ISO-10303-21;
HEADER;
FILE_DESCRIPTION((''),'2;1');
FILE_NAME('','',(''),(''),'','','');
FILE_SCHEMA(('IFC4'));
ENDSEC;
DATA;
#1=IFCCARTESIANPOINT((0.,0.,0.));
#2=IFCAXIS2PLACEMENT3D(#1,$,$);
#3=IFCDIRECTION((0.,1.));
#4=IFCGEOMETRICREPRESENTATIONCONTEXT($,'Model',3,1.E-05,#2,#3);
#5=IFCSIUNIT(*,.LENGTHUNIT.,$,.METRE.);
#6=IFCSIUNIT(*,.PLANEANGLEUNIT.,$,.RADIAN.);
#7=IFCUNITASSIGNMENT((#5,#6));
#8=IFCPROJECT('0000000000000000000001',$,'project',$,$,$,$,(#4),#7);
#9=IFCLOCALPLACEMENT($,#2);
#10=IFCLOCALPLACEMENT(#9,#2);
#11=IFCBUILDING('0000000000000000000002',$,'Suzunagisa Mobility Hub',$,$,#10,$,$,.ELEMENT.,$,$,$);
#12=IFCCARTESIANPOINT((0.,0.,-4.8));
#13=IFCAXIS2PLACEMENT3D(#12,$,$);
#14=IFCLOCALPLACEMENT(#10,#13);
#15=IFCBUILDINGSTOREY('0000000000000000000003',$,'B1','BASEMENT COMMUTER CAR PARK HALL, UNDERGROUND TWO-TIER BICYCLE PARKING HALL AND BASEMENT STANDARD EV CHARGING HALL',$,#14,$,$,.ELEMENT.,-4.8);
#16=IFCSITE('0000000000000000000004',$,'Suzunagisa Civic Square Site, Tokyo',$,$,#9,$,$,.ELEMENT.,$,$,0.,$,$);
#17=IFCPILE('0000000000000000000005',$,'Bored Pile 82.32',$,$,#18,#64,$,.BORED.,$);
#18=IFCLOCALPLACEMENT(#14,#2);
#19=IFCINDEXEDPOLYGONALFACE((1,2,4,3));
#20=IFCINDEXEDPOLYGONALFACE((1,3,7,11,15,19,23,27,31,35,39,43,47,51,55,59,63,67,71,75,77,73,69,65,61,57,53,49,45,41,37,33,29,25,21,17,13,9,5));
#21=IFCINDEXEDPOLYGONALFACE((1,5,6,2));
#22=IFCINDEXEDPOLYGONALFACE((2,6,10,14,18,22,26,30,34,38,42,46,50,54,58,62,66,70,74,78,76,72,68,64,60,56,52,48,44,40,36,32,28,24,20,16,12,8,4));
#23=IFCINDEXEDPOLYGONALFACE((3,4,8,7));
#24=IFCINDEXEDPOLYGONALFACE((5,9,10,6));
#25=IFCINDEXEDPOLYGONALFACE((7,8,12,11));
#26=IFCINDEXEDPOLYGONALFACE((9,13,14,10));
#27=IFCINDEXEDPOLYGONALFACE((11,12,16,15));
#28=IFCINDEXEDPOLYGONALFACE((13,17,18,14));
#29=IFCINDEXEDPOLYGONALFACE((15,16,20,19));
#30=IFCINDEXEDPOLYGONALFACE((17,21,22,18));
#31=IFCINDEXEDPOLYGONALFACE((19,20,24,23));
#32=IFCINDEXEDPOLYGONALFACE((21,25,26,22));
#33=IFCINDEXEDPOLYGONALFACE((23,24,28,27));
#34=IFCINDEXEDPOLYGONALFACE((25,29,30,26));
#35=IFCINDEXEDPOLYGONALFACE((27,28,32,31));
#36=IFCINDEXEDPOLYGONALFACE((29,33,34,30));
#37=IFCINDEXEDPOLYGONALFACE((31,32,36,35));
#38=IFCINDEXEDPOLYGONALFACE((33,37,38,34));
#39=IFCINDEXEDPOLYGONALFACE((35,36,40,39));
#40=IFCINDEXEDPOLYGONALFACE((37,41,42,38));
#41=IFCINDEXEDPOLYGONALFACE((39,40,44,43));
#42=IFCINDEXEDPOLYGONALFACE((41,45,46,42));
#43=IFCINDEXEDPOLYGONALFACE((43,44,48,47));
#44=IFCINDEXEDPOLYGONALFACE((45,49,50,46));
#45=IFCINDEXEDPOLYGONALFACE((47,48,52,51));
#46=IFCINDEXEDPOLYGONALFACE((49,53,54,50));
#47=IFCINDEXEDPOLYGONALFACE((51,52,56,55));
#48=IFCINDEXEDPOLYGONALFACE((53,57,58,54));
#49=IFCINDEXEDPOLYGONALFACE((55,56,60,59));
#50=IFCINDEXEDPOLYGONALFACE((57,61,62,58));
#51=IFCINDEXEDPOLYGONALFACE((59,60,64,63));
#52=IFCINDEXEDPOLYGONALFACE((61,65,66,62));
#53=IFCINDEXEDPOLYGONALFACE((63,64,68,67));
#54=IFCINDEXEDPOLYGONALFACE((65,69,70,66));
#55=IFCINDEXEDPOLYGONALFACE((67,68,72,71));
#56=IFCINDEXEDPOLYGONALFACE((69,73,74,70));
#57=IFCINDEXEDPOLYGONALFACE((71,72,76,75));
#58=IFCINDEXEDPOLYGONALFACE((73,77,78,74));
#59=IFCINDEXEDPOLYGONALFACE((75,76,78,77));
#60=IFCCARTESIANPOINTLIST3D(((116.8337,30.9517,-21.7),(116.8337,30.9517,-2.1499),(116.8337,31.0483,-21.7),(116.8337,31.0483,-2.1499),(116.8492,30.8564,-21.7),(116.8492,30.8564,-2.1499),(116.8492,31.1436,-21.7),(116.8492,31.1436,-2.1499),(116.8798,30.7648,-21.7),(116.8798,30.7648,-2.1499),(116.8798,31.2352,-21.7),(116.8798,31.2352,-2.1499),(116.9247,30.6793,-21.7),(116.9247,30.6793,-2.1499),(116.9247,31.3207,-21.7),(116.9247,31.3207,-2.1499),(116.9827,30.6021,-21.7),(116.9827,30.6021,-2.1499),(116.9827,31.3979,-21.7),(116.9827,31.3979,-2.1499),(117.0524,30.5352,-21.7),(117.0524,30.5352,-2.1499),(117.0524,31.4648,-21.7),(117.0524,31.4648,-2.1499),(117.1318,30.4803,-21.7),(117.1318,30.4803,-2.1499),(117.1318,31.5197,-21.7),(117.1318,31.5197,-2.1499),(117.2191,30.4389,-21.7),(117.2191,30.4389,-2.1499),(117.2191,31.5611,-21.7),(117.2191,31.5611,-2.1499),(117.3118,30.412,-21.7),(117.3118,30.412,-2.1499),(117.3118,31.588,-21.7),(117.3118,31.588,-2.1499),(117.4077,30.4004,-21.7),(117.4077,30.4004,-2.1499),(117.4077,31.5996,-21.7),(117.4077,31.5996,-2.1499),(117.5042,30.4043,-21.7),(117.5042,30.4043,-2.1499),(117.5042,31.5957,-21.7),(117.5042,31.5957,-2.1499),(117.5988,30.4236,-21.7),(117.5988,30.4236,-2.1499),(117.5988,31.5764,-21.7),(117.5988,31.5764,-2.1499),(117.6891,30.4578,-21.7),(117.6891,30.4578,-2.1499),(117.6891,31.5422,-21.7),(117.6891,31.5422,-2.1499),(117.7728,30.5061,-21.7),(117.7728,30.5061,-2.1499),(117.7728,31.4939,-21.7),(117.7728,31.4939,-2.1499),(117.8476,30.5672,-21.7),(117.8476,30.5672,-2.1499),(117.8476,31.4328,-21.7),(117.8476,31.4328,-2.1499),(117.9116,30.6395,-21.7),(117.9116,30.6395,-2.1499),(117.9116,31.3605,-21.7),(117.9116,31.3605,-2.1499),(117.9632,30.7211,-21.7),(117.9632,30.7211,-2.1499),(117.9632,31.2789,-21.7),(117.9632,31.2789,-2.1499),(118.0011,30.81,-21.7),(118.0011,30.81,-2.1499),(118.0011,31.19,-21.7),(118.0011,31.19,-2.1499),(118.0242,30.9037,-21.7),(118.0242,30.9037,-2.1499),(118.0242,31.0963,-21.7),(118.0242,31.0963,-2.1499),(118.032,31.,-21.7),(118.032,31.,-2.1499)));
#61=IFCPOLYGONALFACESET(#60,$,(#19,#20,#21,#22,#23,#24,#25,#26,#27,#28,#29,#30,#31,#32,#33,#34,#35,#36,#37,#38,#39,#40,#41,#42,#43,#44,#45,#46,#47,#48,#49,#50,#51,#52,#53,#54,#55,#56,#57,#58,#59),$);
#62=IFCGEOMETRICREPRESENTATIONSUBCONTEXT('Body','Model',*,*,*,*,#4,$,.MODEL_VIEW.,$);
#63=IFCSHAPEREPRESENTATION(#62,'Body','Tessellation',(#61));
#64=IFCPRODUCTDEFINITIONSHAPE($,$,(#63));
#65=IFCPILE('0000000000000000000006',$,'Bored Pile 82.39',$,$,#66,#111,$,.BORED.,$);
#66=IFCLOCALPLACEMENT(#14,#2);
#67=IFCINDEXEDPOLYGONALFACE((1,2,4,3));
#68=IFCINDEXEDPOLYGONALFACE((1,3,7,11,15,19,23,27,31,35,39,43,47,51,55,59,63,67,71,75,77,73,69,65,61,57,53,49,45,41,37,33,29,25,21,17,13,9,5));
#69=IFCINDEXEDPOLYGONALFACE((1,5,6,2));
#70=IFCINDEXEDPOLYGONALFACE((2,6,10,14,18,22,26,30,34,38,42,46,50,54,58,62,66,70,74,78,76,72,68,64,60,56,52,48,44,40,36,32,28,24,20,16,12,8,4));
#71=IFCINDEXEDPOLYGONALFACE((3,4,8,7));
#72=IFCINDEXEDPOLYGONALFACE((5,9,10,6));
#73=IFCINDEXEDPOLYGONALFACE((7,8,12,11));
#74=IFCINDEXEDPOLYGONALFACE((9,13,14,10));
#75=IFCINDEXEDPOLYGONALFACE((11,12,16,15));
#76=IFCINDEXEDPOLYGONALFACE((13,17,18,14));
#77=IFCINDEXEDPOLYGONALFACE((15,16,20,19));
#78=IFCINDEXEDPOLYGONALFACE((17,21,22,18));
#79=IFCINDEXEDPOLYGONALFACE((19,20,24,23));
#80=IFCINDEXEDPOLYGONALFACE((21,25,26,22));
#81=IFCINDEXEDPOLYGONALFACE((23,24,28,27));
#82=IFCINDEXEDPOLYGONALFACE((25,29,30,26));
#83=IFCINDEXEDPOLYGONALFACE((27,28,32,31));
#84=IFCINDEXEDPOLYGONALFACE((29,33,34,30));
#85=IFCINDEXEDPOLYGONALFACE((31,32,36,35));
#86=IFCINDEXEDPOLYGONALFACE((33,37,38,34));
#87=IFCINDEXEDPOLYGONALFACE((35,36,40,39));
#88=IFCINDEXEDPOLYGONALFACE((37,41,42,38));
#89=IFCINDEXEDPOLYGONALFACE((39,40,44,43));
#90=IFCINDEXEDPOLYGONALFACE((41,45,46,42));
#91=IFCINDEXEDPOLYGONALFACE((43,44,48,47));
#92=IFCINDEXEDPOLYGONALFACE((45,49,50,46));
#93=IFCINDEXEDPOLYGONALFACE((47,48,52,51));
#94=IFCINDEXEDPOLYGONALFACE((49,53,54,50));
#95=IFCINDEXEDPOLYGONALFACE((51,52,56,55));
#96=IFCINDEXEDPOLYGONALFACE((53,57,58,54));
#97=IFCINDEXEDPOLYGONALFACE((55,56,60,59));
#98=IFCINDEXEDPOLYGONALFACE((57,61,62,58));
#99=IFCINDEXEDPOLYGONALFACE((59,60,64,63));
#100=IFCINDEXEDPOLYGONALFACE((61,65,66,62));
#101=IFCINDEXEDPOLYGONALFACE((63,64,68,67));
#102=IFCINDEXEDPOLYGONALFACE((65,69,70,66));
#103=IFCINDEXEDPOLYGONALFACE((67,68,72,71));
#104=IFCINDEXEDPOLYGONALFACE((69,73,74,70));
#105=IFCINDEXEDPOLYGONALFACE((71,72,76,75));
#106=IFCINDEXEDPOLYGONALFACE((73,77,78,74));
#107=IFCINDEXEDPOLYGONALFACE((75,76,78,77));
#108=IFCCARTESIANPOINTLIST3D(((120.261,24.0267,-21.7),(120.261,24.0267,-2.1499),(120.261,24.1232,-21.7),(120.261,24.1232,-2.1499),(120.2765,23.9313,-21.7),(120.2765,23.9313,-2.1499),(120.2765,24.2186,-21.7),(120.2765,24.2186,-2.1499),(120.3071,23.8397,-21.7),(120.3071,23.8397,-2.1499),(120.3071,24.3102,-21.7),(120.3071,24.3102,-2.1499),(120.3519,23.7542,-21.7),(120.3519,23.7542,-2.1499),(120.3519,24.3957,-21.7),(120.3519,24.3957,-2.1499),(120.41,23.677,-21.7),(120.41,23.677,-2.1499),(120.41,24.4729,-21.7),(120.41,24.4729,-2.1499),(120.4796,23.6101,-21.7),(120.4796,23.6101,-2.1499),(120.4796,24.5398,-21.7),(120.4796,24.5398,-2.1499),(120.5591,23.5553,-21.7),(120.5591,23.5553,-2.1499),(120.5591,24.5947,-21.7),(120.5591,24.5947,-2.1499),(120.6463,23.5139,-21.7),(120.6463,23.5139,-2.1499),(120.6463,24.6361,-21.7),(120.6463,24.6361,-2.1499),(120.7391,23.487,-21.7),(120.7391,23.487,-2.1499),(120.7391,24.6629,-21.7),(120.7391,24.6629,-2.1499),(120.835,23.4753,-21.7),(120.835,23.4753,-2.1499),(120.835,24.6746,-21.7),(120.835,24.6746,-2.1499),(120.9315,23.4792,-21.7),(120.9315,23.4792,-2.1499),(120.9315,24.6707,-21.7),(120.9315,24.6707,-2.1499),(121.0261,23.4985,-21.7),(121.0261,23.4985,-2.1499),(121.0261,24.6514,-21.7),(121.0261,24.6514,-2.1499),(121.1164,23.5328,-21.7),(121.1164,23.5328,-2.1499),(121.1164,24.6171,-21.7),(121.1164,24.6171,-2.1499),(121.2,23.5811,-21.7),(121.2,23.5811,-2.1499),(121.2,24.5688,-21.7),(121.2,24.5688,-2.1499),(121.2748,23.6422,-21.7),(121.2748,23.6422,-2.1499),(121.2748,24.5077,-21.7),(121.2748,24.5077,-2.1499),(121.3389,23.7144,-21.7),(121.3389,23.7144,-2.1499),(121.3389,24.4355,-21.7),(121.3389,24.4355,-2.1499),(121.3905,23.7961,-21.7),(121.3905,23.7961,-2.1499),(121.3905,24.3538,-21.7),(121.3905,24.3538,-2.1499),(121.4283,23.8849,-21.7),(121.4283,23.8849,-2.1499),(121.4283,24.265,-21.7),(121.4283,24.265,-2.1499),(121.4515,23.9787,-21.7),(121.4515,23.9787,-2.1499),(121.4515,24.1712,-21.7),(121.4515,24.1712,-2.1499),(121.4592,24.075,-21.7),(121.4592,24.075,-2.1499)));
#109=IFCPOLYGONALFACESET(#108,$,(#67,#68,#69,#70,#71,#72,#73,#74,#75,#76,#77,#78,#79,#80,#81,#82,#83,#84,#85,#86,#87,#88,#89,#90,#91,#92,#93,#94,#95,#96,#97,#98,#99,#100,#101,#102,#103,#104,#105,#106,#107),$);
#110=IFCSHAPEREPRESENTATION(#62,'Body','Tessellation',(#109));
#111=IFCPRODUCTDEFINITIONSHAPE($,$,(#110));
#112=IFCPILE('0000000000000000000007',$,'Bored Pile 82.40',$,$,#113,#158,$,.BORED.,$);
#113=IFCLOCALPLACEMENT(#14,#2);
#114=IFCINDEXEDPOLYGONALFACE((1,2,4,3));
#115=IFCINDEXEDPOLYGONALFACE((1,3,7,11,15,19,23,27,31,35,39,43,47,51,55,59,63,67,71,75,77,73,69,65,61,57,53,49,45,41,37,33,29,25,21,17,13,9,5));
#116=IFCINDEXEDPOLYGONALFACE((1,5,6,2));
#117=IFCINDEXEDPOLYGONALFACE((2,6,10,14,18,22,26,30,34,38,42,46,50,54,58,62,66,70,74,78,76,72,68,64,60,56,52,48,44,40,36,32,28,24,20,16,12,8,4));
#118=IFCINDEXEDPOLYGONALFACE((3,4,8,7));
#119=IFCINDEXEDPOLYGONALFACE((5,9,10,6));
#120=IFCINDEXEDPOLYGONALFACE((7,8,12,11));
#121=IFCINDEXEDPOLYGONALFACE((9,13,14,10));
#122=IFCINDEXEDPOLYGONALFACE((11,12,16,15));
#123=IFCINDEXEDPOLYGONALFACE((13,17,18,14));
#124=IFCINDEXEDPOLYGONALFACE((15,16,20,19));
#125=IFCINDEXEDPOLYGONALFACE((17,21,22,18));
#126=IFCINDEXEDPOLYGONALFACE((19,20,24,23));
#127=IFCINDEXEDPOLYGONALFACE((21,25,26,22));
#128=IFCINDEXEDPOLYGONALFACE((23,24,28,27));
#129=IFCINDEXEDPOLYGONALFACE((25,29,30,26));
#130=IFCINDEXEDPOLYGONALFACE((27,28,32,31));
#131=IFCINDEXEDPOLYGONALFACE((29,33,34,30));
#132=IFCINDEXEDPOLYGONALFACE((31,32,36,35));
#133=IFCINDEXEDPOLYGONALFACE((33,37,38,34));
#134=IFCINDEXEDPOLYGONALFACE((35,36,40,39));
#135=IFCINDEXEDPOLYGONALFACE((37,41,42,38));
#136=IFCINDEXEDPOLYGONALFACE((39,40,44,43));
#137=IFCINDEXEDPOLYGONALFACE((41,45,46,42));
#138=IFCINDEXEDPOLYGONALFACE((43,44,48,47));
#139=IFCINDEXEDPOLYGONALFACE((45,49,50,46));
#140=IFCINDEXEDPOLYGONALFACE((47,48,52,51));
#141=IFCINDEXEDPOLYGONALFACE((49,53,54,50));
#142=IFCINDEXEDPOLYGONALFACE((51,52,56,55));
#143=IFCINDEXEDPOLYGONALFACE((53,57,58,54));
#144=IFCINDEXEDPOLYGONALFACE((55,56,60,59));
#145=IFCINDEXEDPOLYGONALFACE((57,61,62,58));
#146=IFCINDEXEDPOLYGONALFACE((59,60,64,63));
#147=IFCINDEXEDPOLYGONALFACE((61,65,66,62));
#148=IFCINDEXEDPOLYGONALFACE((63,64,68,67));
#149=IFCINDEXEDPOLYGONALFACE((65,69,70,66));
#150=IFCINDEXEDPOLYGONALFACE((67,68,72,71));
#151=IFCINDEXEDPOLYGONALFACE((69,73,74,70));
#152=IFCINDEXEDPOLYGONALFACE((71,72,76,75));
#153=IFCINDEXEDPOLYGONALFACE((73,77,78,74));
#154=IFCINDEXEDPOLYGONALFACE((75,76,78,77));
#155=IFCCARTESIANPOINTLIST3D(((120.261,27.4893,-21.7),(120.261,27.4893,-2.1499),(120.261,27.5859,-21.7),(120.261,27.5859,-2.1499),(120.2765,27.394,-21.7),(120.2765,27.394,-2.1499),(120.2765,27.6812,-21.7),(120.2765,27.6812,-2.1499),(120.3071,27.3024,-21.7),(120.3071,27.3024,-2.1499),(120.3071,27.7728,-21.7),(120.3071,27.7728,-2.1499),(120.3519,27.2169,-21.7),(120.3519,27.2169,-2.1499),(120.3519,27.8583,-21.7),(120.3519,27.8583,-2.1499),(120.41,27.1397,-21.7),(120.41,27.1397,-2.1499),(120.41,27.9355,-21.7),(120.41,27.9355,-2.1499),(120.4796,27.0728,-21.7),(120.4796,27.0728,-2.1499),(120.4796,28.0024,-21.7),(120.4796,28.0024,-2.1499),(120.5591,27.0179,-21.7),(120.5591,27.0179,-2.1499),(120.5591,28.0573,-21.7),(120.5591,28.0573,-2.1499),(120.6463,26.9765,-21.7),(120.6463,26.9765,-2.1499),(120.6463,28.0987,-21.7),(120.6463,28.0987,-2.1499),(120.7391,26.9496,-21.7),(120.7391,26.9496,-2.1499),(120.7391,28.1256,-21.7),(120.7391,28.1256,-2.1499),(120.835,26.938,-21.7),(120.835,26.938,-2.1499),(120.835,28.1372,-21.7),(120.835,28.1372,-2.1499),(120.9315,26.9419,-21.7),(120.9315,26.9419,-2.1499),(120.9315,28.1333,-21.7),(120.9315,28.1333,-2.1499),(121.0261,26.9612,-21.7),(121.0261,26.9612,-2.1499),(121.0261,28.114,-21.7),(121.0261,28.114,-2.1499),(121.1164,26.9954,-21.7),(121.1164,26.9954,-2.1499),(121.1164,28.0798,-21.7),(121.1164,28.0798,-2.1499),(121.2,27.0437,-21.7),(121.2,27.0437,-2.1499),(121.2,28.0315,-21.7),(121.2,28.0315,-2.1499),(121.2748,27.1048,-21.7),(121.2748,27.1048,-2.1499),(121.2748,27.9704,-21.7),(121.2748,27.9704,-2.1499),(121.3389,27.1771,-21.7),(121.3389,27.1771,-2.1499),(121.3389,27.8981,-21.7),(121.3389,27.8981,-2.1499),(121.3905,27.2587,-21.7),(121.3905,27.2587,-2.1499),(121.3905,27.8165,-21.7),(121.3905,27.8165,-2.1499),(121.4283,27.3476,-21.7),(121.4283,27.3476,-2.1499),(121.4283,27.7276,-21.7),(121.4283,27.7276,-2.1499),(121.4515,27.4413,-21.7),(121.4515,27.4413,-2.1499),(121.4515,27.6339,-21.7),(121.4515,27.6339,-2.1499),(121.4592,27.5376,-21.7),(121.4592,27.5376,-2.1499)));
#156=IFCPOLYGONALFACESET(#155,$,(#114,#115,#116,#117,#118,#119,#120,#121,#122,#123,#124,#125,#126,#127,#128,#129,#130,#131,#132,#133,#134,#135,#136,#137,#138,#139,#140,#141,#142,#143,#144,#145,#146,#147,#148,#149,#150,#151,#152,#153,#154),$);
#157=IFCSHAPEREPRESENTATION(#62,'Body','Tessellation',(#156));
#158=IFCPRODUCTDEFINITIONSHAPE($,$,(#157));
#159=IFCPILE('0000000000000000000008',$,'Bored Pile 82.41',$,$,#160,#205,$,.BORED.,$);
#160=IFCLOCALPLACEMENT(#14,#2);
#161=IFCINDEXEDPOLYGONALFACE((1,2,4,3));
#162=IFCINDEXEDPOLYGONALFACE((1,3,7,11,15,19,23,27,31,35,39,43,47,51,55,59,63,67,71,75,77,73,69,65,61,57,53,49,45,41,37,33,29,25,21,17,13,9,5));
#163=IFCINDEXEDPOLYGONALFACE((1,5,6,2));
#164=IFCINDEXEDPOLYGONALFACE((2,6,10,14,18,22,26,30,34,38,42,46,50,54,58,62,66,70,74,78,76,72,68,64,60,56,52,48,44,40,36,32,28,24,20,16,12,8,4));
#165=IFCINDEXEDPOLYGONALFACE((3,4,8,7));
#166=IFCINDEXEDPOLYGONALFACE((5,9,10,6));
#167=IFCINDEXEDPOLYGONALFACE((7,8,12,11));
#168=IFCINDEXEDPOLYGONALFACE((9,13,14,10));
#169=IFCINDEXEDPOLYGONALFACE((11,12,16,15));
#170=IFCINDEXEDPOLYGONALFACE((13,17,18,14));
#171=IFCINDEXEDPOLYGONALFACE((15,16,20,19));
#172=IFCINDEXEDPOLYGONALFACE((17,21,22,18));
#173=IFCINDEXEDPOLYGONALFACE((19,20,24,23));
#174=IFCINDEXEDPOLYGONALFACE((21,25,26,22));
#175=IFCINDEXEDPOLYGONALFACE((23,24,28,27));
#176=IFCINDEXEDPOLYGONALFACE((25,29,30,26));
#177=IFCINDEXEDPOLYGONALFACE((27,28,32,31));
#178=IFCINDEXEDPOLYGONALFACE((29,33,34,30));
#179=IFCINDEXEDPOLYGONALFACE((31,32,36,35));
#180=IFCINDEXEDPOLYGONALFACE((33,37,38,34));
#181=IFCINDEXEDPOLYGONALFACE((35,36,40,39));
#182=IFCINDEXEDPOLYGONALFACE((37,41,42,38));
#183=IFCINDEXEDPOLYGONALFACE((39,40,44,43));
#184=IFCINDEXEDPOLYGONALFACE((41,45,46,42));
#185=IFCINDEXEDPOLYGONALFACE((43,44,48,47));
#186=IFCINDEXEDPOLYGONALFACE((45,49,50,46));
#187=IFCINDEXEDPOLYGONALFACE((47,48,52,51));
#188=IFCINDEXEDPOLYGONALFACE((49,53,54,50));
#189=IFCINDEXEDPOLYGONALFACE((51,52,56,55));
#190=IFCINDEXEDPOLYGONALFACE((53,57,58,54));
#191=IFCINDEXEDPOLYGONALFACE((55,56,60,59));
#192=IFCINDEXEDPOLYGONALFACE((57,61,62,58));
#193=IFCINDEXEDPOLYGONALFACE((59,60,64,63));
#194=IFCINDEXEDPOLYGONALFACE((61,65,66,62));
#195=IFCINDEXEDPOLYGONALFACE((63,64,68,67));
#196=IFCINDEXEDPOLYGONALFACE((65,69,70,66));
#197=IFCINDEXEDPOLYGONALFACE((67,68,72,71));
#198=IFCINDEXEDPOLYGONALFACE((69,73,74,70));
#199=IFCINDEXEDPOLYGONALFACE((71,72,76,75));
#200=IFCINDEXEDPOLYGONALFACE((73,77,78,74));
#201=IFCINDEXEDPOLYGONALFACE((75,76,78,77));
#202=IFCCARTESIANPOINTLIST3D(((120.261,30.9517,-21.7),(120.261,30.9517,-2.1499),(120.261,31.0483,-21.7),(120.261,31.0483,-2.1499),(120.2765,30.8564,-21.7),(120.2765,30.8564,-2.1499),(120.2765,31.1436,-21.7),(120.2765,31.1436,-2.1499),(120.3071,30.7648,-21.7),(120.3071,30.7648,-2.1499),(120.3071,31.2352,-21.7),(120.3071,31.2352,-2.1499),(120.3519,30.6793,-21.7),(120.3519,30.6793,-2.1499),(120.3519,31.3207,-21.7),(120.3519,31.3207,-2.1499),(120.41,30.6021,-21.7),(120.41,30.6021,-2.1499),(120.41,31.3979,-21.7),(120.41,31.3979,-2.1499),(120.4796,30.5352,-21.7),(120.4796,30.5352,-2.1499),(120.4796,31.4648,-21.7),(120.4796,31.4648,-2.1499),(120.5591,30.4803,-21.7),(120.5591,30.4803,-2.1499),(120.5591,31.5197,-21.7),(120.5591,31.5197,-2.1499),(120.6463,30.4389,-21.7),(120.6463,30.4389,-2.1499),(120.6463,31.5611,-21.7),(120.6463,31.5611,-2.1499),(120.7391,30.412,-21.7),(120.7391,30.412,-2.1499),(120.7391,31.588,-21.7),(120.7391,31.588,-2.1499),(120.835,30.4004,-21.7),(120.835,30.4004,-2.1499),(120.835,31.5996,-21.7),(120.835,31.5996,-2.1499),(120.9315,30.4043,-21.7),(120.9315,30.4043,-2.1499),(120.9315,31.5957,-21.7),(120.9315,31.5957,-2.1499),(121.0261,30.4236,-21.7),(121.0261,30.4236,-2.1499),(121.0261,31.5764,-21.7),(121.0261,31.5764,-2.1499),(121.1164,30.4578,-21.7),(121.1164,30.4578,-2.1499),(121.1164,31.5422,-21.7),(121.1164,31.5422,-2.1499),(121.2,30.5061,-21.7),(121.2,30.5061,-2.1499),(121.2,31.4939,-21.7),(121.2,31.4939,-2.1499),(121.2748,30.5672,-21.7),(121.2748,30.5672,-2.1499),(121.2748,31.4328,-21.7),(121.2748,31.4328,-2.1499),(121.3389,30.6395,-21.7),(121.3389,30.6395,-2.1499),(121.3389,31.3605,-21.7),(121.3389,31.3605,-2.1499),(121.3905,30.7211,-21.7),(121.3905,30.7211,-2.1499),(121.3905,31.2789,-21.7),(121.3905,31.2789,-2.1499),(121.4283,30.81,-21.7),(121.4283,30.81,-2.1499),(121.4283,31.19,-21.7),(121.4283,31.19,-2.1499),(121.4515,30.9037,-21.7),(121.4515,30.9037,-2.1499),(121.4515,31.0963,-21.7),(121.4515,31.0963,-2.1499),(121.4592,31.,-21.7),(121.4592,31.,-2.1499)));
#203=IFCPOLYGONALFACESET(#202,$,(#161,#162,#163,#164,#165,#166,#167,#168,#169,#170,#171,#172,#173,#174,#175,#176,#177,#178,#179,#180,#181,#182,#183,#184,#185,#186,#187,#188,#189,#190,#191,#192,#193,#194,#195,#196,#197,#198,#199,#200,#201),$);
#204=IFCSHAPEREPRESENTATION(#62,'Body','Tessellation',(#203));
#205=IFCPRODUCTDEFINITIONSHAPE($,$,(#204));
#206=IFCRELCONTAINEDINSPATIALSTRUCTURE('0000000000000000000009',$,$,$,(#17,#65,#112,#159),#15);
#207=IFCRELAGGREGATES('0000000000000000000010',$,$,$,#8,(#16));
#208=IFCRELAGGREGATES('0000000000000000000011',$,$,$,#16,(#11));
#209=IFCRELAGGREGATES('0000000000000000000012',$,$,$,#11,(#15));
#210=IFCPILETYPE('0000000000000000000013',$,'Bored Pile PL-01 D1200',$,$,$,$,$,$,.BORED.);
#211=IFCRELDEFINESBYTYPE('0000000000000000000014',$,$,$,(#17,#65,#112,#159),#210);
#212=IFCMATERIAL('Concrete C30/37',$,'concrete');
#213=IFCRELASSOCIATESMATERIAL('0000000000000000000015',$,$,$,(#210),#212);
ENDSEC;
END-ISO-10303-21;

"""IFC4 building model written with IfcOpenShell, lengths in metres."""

from ifc_helpers import new_model, si_unit, direction, frame, origin, origin_2d, place, context, subcontext, project, spatial, circle, extrude, material, material_profile, profile_set, type_object, element, save


model = new_model("IFC4")

# Units and contexts
model_context = context("Model", 3, precision=1e-05, world=origin(), true_north=direction((0.0, 1.0)))
body_context = subcontext(model_context, "Body", "Model", "MODEL_VIEW")
ifc_project = project(units=[si_unit("LENGTHUNIT", "METRE"), si_unit("PLANEANGLEUNIT", "RADIAN")], contexts=[model_context])

# Site, building, storey
site_placement = place(None, origin())
site = spatial("IfcSite", under=ifc_project, at=site_placement, Name="Suzunagisa Civic Square Site, Tokyo", CompositionType="ELEMENT", RefElevation=0.0)
building_placement = place(site_placement, origin())
building = spatial("IfcBuilding", under=site, at=building_placement, Name="Suzunagisa Mobility Hub", CompositionType="ELEMENT")
storey_placement = place(building_placement, frame((0.0, 0.0, -4.8)))
storey = spatial("IfcBuildingStorey", under=building, at=storey_placement, Name="B1", Description="BASEMENT COMMUTER CAR PARK HALL, UNDERGROUND TWO-TIER BICYCLE PARKING HALL AND BASEMENT STANDARD EV CHARGING HALL", CompositionType="ELEMENT", Elevation=-4.8)

# Piles
ifc_material_1 = material(Name="Concrete C30/37", Category="concrete")
ifc_material_profile_1 = material_profile(ifc_material_1, circle(Radius=0.6001, at=origin_2d()), Name="BORED PILE D1200")
ifc_profile_set_1 = profile_set([ifc_material_profile_1], Name="Concrete C30/37")
pile_type = type_object("IfcPileType", Name="Bored Pile PL-01 D1200", PredefinedType="BORED", material=ifc_profile_set_1)
for number, where, z_axis, x_axis, name in (
    (1, (117.4319, 31.0, -2.1499), (0.0, 0.0, -1.0), (1.0, 0.0, 0.0), "Bored Pile 82.32"),
    (2, (120.8591, 24.075, -2.1499), (0.0, 0.0, -1.0), (1.0, 0.0, 0.0), "Bored Pile 82.39"),
    (3, (120.8591, 27.5376, -2.1499), (0.0, 0.0, -1.0), (1.0, 0.0, 0.0), "Bored Pile 82.40"),
    (4, (120.8591, 31.0, -2.1499), (0.0, 0.0, -1.0), (1.0, 0.0, 0.0), "Bored Pile 82.41"),
):
    element("IfcPile", number, at=place(storey_placement, frame(where, z_axis=z_axis, x_axis=x_axis)), inside=storey, type_object=pile_type, Name=name, PredefinedType="BORED", context=body_context, shape_type="SweptSolid", body=[
        extrude(circle(Radius=0.6001, at=origin_2d()), origin(), (0.0, 0.0, 1.0), 19.55),
    ])

save(model, "model.ifc")
